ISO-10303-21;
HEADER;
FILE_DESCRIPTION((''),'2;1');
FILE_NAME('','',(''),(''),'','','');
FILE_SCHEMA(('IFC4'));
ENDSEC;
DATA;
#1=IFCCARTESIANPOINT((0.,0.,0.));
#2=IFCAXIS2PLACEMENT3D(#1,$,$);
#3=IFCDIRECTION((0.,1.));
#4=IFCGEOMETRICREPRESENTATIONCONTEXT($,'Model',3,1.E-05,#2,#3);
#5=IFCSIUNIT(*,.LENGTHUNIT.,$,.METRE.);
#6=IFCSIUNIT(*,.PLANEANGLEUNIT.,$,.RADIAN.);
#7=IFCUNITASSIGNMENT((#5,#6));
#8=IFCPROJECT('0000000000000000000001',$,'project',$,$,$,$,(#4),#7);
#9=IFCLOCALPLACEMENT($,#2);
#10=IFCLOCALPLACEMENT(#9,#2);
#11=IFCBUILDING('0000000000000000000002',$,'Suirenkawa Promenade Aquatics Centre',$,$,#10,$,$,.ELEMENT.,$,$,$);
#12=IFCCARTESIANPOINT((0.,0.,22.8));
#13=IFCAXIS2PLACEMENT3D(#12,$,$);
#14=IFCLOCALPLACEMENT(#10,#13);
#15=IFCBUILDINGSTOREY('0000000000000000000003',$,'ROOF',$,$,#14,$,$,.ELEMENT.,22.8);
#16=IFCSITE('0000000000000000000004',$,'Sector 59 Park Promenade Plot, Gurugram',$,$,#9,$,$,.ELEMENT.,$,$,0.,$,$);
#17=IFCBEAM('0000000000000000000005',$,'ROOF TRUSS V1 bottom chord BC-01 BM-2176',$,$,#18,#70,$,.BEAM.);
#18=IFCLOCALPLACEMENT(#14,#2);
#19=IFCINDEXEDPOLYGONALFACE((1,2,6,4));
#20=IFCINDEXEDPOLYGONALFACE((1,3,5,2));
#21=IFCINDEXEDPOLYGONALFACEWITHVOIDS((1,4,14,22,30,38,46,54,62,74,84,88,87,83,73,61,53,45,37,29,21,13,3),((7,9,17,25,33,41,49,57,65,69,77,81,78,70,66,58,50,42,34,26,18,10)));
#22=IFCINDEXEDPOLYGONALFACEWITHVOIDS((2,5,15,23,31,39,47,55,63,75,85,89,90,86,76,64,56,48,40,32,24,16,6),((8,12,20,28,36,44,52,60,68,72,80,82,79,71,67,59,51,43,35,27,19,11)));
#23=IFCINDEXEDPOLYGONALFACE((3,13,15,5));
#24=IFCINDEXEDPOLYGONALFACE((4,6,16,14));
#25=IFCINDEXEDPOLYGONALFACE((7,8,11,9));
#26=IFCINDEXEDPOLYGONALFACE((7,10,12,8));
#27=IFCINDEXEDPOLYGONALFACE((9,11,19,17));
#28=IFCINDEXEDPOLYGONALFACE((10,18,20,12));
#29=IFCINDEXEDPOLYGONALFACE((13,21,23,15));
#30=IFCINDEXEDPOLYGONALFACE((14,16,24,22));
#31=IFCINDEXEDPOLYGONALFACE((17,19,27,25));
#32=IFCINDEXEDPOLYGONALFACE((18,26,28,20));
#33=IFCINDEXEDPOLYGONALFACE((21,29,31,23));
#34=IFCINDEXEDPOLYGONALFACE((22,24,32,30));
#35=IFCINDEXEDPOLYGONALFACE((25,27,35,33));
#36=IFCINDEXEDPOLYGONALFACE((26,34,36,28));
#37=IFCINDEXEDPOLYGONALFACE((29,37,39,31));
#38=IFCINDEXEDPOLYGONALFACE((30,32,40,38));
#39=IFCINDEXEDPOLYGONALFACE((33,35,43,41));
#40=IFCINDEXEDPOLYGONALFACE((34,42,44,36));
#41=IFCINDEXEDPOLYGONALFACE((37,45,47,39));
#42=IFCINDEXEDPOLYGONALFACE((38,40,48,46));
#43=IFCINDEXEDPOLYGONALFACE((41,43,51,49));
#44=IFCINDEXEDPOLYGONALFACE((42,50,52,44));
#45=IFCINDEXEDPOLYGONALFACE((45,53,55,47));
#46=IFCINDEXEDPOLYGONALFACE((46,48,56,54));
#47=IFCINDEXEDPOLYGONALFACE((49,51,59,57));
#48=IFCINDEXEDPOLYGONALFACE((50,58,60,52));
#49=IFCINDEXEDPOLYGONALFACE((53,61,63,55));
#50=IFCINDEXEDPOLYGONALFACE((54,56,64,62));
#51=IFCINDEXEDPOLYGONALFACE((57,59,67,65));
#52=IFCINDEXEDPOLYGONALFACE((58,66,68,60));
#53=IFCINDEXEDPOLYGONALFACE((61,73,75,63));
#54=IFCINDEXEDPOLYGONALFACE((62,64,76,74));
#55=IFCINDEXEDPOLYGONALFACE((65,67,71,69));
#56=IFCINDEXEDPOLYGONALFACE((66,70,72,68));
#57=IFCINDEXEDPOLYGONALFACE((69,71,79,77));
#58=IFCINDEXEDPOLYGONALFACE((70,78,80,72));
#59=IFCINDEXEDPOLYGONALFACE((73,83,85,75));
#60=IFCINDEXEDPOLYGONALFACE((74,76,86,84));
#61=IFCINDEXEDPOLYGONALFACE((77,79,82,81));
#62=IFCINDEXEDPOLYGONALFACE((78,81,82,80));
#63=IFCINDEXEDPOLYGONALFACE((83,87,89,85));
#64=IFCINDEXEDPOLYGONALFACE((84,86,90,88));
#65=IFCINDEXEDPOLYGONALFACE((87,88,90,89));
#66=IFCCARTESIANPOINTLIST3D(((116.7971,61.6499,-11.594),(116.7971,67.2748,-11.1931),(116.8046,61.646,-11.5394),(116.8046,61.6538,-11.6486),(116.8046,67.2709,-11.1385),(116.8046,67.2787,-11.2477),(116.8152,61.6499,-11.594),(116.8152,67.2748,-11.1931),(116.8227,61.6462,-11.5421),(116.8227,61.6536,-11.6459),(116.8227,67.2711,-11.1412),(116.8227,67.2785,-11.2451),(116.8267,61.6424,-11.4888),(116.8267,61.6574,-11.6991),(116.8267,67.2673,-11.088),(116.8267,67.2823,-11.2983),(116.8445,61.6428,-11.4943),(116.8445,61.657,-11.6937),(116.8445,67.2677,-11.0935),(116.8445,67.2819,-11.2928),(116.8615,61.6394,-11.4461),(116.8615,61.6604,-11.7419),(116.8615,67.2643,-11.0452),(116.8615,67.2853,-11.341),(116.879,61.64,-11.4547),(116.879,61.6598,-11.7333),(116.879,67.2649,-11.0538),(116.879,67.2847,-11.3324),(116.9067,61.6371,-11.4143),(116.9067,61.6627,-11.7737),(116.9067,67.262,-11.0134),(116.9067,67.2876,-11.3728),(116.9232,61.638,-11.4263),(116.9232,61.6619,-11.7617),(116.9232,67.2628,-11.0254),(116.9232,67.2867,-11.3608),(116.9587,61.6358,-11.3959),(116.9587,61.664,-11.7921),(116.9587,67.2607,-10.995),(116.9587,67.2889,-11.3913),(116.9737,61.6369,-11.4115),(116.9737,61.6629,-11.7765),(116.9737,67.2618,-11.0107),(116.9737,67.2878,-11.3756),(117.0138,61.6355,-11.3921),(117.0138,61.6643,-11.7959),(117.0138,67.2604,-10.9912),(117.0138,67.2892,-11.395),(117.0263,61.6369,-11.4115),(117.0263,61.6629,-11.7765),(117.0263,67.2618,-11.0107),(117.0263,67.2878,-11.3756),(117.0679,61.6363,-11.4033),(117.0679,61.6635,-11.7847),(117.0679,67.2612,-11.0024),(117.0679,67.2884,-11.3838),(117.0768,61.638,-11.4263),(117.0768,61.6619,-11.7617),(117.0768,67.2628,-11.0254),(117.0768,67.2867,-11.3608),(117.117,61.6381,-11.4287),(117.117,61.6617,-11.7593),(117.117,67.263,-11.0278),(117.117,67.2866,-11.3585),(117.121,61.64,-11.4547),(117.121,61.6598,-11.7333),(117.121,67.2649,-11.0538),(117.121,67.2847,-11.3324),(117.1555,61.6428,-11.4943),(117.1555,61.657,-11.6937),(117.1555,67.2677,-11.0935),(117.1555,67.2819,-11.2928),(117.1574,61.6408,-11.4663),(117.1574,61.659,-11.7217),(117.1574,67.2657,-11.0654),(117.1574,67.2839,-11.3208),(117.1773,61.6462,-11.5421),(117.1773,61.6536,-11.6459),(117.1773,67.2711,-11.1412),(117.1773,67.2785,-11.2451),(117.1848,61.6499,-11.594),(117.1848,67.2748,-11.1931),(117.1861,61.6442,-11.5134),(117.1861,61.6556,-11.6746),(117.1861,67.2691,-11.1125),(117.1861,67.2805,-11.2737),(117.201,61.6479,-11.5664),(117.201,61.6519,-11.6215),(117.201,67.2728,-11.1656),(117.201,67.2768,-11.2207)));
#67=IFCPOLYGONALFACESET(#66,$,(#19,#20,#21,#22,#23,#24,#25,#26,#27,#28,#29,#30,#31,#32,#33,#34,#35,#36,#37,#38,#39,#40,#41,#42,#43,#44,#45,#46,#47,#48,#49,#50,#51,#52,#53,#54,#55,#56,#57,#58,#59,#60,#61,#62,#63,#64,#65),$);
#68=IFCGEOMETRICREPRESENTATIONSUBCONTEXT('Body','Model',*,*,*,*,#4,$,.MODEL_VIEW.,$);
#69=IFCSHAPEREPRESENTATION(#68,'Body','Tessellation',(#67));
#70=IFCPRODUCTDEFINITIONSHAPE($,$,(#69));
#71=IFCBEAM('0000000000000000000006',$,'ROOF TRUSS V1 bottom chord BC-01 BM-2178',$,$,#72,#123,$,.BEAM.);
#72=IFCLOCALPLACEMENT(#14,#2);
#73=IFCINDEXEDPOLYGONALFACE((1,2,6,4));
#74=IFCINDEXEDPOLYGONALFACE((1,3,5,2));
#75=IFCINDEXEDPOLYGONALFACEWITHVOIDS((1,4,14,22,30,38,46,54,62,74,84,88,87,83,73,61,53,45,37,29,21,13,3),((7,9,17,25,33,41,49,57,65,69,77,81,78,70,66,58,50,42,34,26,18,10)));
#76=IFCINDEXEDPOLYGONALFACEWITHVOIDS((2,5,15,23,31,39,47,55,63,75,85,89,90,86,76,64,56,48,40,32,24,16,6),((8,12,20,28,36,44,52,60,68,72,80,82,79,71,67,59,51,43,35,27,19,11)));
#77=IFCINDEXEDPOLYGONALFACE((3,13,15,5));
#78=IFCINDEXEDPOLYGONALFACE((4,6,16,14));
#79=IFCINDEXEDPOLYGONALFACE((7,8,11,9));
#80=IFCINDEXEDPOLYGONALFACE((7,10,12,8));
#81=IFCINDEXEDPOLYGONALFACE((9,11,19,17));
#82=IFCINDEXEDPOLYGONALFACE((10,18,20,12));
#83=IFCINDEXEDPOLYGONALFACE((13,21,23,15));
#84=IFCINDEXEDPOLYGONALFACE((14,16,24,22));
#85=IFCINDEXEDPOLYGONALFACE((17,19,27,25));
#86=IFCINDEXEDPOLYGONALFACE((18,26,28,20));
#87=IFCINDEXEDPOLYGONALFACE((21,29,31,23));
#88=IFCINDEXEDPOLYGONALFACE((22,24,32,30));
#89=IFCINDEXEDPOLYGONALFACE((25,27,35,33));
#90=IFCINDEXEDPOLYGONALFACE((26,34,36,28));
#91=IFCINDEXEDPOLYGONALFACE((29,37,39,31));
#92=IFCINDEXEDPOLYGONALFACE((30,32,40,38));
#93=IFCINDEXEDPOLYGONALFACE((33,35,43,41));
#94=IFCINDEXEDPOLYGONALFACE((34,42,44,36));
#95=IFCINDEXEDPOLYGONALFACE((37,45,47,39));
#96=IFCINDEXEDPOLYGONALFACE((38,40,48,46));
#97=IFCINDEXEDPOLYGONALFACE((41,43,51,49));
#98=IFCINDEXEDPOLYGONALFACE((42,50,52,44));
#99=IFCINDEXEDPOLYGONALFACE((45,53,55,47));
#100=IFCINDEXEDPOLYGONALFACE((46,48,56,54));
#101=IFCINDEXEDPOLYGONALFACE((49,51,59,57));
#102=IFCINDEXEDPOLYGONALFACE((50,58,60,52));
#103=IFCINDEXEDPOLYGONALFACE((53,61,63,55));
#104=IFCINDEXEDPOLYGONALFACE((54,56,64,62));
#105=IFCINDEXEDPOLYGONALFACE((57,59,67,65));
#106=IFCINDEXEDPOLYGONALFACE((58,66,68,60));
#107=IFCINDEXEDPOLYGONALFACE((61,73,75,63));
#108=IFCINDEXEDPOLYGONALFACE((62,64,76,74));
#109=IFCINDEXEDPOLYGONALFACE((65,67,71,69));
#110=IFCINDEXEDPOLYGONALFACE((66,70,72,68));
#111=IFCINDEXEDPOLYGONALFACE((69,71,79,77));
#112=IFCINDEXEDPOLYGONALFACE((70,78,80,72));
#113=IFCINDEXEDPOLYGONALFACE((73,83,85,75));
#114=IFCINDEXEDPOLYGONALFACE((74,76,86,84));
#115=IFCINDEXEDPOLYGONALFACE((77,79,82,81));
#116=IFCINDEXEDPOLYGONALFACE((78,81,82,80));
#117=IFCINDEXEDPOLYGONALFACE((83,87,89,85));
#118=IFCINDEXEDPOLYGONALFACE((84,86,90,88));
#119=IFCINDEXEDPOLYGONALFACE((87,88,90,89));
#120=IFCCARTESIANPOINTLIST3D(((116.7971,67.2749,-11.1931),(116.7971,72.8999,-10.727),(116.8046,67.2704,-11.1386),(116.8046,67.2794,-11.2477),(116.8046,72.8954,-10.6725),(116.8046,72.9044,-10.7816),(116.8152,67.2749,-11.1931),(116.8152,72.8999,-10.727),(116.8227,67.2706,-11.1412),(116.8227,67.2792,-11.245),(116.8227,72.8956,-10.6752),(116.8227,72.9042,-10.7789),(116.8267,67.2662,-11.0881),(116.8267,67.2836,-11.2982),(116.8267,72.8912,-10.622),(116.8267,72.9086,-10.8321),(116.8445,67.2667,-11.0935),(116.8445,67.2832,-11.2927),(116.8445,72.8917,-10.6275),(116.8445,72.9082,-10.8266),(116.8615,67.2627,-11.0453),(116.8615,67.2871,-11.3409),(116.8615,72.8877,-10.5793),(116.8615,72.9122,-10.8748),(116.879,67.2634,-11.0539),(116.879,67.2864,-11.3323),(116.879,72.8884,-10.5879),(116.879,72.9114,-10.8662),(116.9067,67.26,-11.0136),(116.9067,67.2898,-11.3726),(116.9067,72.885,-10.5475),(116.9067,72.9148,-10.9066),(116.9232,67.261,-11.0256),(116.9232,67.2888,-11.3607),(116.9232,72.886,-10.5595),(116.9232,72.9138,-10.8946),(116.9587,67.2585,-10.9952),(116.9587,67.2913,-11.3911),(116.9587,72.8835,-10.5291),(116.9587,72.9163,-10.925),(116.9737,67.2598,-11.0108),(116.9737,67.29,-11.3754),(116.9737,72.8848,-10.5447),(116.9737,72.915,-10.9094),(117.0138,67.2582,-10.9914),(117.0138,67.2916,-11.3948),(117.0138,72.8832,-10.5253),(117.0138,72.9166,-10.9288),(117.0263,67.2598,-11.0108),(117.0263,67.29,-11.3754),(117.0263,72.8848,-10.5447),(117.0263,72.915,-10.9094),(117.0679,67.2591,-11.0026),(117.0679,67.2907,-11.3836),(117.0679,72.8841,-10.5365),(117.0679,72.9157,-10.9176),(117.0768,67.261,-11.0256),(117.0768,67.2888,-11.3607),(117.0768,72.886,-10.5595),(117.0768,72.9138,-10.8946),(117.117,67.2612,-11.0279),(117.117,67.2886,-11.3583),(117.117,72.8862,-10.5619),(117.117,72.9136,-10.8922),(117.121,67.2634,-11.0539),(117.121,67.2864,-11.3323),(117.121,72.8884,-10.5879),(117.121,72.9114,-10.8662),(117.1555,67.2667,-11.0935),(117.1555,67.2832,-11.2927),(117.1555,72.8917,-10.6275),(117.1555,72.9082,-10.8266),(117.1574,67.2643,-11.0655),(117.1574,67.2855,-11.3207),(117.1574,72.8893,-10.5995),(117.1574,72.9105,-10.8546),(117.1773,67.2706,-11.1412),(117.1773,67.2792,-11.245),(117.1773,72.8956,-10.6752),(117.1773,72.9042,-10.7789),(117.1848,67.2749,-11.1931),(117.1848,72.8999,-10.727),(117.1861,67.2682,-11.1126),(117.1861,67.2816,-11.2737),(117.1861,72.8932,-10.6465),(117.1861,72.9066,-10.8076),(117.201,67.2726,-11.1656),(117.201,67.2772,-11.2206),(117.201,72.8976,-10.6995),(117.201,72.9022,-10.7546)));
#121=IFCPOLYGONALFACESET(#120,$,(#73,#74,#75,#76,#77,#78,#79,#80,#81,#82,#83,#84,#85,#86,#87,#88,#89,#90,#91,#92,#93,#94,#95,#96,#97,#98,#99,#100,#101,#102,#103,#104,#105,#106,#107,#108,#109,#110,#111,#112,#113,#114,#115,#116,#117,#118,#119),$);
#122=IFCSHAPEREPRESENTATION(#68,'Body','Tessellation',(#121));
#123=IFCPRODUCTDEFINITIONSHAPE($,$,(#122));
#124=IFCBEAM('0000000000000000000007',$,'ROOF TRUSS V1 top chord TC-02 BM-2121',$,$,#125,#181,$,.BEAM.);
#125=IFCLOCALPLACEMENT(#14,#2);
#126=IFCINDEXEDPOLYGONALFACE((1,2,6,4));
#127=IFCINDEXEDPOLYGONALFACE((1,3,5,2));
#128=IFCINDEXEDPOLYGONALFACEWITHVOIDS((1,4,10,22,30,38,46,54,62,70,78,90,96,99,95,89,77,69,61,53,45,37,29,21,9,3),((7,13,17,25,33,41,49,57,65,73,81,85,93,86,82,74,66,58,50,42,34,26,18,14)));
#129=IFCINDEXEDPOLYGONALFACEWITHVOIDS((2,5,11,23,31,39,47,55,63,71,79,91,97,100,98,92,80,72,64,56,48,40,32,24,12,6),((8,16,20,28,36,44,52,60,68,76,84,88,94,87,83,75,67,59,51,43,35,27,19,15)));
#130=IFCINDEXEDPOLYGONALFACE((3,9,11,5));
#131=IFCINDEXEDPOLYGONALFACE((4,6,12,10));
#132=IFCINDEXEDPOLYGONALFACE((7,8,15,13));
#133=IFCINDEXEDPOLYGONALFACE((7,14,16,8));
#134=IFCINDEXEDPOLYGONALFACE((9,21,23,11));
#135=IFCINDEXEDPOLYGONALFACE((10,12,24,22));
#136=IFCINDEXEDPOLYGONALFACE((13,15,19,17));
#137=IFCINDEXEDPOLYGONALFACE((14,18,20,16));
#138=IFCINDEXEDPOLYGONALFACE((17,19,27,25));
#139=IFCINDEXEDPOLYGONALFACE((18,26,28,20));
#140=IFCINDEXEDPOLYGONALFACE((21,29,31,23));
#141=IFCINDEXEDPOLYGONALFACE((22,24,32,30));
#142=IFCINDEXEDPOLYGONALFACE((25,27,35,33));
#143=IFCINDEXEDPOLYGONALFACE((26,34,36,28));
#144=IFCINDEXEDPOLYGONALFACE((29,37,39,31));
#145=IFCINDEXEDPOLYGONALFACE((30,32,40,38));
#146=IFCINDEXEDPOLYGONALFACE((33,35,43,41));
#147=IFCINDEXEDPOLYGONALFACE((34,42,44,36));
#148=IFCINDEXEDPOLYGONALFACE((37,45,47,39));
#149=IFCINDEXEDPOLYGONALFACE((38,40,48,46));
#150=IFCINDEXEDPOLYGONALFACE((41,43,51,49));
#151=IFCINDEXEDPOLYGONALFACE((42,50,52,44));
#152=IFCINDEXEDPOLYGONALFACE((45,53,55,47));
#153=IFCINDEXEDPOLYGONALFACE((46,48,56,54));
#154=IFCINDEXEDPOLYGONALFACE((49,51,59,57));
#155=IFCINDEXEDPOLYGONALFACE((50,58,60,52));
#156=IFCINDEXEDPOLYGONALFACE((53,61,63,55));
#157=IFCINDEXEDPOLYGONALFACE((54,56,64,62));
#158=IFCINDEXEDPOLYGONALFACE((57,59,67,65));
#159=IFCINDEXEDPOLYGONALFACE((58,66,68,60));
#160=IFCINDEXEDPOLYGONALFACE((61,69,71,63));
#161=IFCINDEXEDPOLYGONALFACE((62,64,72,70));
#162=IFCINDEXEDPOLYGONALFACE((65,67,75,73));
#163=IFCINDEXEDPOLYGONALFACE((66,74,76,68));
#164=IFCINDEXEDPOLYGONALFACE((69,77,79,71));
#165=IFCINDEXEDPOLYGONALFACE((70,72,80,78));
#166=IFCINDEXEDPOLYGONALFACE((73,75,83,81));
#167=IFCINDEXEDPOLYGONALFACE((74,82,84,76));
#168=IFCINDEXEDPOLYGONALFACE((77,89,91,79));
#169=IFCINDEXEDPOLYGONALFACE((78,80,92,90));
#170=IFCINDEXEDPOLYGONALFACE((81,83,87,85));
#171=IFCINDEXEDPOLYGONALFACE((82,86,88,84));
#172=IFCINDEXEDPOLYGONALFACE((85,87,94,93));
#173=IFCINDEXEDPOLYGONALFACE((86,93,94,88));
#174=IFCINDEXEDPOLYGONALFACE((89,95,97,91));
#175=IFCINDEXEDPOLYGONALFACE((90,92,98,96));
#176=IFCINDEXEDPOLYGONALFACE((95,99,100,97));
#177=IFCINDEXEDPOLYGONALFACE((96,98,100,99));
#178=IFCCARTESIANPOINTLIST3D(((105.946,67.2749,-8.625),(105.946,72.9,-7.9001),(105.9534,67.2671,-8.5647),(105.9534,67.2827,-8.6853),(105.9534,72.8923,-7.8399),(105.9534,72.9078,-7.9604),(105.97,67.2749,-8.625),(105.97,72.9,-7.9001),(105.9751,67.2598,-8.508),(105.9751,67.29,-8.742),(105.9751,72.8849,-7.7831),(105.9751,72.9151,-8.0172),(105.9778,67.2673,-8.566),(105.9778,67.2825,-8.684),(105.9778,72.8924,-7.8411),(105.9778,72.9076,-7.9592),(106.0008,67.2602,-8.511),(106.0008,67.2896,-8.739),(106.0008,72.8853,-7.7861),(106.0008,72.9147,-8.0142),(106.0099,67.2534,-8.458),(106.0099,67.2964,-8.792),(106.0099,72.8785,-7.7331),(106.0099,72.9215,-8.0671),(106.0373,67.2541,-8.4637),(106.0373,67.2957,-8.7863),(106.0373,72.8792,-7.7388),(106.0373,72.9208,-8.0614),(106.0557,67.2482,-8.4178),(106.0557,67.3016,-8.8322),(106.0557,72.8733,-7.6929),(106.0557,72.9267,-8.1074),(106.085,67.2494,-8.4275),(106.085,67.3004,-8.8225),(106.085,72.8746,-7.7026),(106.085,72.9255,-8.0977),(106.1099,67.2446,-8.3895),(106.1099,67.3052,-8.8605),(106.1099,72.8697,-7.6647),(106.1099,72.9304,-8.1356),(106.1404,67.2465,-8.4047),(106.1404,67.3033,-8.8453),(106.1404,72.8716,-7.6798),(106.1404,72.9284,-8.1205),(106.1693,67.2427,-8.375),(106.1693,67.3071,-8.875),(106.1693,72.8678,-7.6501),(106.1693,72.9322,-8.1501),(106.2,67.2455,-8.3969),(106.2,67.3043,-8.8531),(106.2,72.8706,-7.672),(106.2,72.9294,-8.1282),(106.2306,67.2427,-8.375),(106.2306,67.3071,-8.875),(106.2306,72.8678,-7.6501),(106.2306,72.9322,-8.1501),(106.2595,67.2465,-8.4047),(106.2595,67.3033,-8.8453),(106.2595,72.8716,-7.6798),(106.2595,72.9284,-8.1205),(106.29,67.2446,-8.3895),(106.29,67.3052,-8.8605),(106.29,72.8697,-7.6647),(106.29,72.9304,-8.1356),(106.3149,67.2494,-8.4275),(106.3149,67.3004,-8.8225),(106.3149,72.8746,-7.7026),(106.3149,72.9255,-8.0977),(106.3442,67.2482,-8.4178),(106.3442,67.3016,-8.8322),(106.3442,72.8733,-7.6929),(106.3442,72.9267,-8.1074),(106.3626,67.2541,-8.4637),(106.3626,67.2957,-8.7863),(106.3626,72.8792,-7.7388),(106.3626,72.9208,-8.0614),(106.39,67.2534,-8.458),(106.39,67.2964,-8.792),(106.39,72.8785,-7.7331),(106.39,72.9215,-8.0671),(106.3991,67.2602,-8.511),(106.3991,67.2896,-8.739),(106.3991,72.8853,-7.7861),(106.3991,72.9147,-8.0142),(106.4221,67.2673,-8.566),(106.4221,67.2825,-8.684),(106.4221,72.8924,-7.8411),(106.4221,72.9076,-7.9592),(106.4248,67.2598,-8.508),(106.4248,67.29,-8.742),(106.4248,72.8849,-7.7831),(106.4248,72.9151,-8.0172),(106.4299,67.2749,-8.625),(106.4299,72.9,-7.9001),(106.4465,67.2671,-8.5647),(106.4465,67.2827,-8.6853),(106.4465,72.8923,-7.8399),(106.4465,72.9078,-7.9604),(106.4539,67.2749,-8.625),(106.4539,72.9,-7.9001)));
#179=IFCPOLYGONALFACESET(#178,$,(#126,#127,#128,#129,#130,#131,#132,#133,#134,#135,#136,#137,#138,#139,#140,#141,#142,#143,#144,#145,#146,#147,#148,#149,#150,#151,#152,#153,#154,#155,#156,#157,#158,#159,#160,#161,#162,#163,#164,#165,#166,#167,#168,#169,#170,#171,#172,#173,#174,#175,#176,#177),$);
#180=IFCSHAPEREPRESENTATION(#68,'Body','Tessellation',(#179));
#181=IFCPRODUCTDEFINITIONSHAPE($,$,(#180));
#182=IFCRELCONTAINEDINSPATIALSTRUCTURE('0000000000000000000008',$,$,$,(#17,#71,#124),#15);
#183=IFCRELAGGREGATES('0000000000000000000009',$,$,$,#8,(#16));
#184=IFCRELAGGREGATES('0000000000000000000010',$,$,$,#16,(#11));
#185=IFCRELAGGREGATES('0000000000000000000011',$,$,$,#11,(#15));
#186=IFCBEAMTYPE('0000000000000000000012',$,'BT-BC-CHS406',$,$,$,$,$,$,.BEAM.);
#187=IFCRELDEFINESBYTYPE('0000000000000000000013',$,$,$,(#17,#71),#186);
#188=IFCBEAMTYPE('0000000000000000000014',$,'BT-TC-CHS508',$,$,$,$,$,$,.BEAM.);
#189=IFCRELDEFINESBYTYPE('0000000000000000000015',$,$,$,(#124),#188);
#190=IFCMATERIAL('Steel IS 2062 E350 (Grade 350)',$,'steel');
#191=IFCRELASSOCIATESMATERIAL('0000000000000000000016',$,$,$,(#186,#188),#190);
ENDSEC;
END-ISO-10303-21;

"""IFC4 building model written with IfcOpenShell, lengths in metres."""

from ifc_helpers import new_model, si_unit, direction, frame, origin, origin_2d, place, context, subcontext, project, spatial, hollow_circle, extrude, material, material_profile, profile_set, type_object, element, save


model = new_model("IFC4")

# Units and contexts
model_context = context("Model", 3, precision=1e-05, world=origin(), true_north=direction((0.0, 1.0)))
body_context = subcontext(model_context, "Body", "Model", "MODEL_VIEW")
ifc_project = project(units=[si_unit("LENGTHUNIT", "METRE"), si_unit("PLANEANGLEUNIT", "RADIAN")], contexts=[model_context])

# Site, building, storey
site_placement = place(None, origin())
site = spatial("IfcSite", under=ifc_project, at=site_placement, Name="Sector 59 Park Promenade Plot, Gurugram", CompositionType="ELEMENT", RefElevation=0.0)
building_placement = place(site_placement, origin())
building = spatial("IfcBuilding", under=site, at=building_placement, Name="Suirenkawa Promenade Aquatics Centre", CompositionType="ELEMENT")
storey_placement = place(building_placement, frame((0.0, 0.0, 22.8)))
storey = spatial("IfcBuildingStorey", under=building, at=storey_placement, Name="ROOF", CompositionType="ELEMENT", Elevation=22.8)

# Beams
ifc_material = material(Name="Steel IS 2062 E350 (Grade 350)", Category="steel")
ifc_material_profile_1 = material_profile(ifc_material, hollow_circle(Radius=0.2029, WallThickness=0.0181, at=origin_2d()), Name="CHS 406x18", Category="steel")
ifc_profile_set_1 = profile_set([ifc_material_profile_1], Name="Steel IS 2062 E350 (Grade 350)")
beam_type_1 = type_object("IfcBeamType", Name="BT-BC-CHS406", PredefinedType="BEAM", material=ifc_profile_set_1)
beam_1_placement = place(storey_placement, frame((117.0, 61.6499, -11.594), z_axis=(0.0, 0.99747, 0.071087), x_axis=(-1.0, 0.0, 0.0)))
element("IfcBeam", 1, at=beam_1_placement, inside=storey, type_object=beam_type_1, Name="ROOF TRUSS V1 bottom chord BC-01 BM-2176", PredefinedType="BEAM", context=body_context, shape_type="SweptSolid", body=[
    extrude(hollow_circle(Radius=0.2029, WallThickness=0.0181, at=origin_2d()), origin(), (0.0, 0.0, 1.0), 5.6392),
])
beam_2_placement = place(storey_placement, frame((117.0, 67.2749, -11.1931), z_axis=(0.0, 0.996585, 0.082573), x_axis=(-1.0, 0.0, 0.0)))
element("IfcBeam", 2, at=beam_2_placement, inside=storey, type_object=beam_type_1, Name="ROOF TRUSS V1 bottom chord BC-01 BM-2178", PredefinedType="BEAM", context=body_context, shape_type="SweptSolid", body=[
    extrude(hollow_circle(Radius=0.2029, WallThickness=0.0181, at=origin_2d()), origin(), (0.0, 0.0, 1.0), 5.6443),
])
ifc_material_profile_2 = material_profile(ifc_material, hollow_circle(Radius=0.2539, WallThickness=0.0239, at=origin_2d()), Name="CHS 508x24", Category="steel")
ifc_profile_set_2 = profile_set([ifc_material_profile_2], Name="Steel IS 2062 E350 (Grade 350)")
beam_type_2 = type_object("IfcBeamType", Name="BT-TC-CHS508", PredefinedType="BEAM", material=ifc_profile_set_2)
for number, where, z_axis, x_axis, name in (
    (3, (106.2, 67.2749, -8.625), (0.0, 0.991799, 0.127806), (-1.0, 0.0, 0.0), "ROOF TRUSS V1 top chord TC-02 BM-2121"),
):
    element("IfcBeam", number, at=place(storey_placement, frame(where, z_axis=z_axis, x_axis=x_axis)), inside=storey, type_object=beam_type_2, Name=name, PredefinedType="BEAM", context=body_context, shape_type="SweptSolid", body=[
        extrude(hollow_circle(Radius=0.2539, WallThickness=0.0239, at=origin_2d()), origin(), (0.0, 0.0, 1.0), 5.6716),
    ])

save(model, "model.ifc")
